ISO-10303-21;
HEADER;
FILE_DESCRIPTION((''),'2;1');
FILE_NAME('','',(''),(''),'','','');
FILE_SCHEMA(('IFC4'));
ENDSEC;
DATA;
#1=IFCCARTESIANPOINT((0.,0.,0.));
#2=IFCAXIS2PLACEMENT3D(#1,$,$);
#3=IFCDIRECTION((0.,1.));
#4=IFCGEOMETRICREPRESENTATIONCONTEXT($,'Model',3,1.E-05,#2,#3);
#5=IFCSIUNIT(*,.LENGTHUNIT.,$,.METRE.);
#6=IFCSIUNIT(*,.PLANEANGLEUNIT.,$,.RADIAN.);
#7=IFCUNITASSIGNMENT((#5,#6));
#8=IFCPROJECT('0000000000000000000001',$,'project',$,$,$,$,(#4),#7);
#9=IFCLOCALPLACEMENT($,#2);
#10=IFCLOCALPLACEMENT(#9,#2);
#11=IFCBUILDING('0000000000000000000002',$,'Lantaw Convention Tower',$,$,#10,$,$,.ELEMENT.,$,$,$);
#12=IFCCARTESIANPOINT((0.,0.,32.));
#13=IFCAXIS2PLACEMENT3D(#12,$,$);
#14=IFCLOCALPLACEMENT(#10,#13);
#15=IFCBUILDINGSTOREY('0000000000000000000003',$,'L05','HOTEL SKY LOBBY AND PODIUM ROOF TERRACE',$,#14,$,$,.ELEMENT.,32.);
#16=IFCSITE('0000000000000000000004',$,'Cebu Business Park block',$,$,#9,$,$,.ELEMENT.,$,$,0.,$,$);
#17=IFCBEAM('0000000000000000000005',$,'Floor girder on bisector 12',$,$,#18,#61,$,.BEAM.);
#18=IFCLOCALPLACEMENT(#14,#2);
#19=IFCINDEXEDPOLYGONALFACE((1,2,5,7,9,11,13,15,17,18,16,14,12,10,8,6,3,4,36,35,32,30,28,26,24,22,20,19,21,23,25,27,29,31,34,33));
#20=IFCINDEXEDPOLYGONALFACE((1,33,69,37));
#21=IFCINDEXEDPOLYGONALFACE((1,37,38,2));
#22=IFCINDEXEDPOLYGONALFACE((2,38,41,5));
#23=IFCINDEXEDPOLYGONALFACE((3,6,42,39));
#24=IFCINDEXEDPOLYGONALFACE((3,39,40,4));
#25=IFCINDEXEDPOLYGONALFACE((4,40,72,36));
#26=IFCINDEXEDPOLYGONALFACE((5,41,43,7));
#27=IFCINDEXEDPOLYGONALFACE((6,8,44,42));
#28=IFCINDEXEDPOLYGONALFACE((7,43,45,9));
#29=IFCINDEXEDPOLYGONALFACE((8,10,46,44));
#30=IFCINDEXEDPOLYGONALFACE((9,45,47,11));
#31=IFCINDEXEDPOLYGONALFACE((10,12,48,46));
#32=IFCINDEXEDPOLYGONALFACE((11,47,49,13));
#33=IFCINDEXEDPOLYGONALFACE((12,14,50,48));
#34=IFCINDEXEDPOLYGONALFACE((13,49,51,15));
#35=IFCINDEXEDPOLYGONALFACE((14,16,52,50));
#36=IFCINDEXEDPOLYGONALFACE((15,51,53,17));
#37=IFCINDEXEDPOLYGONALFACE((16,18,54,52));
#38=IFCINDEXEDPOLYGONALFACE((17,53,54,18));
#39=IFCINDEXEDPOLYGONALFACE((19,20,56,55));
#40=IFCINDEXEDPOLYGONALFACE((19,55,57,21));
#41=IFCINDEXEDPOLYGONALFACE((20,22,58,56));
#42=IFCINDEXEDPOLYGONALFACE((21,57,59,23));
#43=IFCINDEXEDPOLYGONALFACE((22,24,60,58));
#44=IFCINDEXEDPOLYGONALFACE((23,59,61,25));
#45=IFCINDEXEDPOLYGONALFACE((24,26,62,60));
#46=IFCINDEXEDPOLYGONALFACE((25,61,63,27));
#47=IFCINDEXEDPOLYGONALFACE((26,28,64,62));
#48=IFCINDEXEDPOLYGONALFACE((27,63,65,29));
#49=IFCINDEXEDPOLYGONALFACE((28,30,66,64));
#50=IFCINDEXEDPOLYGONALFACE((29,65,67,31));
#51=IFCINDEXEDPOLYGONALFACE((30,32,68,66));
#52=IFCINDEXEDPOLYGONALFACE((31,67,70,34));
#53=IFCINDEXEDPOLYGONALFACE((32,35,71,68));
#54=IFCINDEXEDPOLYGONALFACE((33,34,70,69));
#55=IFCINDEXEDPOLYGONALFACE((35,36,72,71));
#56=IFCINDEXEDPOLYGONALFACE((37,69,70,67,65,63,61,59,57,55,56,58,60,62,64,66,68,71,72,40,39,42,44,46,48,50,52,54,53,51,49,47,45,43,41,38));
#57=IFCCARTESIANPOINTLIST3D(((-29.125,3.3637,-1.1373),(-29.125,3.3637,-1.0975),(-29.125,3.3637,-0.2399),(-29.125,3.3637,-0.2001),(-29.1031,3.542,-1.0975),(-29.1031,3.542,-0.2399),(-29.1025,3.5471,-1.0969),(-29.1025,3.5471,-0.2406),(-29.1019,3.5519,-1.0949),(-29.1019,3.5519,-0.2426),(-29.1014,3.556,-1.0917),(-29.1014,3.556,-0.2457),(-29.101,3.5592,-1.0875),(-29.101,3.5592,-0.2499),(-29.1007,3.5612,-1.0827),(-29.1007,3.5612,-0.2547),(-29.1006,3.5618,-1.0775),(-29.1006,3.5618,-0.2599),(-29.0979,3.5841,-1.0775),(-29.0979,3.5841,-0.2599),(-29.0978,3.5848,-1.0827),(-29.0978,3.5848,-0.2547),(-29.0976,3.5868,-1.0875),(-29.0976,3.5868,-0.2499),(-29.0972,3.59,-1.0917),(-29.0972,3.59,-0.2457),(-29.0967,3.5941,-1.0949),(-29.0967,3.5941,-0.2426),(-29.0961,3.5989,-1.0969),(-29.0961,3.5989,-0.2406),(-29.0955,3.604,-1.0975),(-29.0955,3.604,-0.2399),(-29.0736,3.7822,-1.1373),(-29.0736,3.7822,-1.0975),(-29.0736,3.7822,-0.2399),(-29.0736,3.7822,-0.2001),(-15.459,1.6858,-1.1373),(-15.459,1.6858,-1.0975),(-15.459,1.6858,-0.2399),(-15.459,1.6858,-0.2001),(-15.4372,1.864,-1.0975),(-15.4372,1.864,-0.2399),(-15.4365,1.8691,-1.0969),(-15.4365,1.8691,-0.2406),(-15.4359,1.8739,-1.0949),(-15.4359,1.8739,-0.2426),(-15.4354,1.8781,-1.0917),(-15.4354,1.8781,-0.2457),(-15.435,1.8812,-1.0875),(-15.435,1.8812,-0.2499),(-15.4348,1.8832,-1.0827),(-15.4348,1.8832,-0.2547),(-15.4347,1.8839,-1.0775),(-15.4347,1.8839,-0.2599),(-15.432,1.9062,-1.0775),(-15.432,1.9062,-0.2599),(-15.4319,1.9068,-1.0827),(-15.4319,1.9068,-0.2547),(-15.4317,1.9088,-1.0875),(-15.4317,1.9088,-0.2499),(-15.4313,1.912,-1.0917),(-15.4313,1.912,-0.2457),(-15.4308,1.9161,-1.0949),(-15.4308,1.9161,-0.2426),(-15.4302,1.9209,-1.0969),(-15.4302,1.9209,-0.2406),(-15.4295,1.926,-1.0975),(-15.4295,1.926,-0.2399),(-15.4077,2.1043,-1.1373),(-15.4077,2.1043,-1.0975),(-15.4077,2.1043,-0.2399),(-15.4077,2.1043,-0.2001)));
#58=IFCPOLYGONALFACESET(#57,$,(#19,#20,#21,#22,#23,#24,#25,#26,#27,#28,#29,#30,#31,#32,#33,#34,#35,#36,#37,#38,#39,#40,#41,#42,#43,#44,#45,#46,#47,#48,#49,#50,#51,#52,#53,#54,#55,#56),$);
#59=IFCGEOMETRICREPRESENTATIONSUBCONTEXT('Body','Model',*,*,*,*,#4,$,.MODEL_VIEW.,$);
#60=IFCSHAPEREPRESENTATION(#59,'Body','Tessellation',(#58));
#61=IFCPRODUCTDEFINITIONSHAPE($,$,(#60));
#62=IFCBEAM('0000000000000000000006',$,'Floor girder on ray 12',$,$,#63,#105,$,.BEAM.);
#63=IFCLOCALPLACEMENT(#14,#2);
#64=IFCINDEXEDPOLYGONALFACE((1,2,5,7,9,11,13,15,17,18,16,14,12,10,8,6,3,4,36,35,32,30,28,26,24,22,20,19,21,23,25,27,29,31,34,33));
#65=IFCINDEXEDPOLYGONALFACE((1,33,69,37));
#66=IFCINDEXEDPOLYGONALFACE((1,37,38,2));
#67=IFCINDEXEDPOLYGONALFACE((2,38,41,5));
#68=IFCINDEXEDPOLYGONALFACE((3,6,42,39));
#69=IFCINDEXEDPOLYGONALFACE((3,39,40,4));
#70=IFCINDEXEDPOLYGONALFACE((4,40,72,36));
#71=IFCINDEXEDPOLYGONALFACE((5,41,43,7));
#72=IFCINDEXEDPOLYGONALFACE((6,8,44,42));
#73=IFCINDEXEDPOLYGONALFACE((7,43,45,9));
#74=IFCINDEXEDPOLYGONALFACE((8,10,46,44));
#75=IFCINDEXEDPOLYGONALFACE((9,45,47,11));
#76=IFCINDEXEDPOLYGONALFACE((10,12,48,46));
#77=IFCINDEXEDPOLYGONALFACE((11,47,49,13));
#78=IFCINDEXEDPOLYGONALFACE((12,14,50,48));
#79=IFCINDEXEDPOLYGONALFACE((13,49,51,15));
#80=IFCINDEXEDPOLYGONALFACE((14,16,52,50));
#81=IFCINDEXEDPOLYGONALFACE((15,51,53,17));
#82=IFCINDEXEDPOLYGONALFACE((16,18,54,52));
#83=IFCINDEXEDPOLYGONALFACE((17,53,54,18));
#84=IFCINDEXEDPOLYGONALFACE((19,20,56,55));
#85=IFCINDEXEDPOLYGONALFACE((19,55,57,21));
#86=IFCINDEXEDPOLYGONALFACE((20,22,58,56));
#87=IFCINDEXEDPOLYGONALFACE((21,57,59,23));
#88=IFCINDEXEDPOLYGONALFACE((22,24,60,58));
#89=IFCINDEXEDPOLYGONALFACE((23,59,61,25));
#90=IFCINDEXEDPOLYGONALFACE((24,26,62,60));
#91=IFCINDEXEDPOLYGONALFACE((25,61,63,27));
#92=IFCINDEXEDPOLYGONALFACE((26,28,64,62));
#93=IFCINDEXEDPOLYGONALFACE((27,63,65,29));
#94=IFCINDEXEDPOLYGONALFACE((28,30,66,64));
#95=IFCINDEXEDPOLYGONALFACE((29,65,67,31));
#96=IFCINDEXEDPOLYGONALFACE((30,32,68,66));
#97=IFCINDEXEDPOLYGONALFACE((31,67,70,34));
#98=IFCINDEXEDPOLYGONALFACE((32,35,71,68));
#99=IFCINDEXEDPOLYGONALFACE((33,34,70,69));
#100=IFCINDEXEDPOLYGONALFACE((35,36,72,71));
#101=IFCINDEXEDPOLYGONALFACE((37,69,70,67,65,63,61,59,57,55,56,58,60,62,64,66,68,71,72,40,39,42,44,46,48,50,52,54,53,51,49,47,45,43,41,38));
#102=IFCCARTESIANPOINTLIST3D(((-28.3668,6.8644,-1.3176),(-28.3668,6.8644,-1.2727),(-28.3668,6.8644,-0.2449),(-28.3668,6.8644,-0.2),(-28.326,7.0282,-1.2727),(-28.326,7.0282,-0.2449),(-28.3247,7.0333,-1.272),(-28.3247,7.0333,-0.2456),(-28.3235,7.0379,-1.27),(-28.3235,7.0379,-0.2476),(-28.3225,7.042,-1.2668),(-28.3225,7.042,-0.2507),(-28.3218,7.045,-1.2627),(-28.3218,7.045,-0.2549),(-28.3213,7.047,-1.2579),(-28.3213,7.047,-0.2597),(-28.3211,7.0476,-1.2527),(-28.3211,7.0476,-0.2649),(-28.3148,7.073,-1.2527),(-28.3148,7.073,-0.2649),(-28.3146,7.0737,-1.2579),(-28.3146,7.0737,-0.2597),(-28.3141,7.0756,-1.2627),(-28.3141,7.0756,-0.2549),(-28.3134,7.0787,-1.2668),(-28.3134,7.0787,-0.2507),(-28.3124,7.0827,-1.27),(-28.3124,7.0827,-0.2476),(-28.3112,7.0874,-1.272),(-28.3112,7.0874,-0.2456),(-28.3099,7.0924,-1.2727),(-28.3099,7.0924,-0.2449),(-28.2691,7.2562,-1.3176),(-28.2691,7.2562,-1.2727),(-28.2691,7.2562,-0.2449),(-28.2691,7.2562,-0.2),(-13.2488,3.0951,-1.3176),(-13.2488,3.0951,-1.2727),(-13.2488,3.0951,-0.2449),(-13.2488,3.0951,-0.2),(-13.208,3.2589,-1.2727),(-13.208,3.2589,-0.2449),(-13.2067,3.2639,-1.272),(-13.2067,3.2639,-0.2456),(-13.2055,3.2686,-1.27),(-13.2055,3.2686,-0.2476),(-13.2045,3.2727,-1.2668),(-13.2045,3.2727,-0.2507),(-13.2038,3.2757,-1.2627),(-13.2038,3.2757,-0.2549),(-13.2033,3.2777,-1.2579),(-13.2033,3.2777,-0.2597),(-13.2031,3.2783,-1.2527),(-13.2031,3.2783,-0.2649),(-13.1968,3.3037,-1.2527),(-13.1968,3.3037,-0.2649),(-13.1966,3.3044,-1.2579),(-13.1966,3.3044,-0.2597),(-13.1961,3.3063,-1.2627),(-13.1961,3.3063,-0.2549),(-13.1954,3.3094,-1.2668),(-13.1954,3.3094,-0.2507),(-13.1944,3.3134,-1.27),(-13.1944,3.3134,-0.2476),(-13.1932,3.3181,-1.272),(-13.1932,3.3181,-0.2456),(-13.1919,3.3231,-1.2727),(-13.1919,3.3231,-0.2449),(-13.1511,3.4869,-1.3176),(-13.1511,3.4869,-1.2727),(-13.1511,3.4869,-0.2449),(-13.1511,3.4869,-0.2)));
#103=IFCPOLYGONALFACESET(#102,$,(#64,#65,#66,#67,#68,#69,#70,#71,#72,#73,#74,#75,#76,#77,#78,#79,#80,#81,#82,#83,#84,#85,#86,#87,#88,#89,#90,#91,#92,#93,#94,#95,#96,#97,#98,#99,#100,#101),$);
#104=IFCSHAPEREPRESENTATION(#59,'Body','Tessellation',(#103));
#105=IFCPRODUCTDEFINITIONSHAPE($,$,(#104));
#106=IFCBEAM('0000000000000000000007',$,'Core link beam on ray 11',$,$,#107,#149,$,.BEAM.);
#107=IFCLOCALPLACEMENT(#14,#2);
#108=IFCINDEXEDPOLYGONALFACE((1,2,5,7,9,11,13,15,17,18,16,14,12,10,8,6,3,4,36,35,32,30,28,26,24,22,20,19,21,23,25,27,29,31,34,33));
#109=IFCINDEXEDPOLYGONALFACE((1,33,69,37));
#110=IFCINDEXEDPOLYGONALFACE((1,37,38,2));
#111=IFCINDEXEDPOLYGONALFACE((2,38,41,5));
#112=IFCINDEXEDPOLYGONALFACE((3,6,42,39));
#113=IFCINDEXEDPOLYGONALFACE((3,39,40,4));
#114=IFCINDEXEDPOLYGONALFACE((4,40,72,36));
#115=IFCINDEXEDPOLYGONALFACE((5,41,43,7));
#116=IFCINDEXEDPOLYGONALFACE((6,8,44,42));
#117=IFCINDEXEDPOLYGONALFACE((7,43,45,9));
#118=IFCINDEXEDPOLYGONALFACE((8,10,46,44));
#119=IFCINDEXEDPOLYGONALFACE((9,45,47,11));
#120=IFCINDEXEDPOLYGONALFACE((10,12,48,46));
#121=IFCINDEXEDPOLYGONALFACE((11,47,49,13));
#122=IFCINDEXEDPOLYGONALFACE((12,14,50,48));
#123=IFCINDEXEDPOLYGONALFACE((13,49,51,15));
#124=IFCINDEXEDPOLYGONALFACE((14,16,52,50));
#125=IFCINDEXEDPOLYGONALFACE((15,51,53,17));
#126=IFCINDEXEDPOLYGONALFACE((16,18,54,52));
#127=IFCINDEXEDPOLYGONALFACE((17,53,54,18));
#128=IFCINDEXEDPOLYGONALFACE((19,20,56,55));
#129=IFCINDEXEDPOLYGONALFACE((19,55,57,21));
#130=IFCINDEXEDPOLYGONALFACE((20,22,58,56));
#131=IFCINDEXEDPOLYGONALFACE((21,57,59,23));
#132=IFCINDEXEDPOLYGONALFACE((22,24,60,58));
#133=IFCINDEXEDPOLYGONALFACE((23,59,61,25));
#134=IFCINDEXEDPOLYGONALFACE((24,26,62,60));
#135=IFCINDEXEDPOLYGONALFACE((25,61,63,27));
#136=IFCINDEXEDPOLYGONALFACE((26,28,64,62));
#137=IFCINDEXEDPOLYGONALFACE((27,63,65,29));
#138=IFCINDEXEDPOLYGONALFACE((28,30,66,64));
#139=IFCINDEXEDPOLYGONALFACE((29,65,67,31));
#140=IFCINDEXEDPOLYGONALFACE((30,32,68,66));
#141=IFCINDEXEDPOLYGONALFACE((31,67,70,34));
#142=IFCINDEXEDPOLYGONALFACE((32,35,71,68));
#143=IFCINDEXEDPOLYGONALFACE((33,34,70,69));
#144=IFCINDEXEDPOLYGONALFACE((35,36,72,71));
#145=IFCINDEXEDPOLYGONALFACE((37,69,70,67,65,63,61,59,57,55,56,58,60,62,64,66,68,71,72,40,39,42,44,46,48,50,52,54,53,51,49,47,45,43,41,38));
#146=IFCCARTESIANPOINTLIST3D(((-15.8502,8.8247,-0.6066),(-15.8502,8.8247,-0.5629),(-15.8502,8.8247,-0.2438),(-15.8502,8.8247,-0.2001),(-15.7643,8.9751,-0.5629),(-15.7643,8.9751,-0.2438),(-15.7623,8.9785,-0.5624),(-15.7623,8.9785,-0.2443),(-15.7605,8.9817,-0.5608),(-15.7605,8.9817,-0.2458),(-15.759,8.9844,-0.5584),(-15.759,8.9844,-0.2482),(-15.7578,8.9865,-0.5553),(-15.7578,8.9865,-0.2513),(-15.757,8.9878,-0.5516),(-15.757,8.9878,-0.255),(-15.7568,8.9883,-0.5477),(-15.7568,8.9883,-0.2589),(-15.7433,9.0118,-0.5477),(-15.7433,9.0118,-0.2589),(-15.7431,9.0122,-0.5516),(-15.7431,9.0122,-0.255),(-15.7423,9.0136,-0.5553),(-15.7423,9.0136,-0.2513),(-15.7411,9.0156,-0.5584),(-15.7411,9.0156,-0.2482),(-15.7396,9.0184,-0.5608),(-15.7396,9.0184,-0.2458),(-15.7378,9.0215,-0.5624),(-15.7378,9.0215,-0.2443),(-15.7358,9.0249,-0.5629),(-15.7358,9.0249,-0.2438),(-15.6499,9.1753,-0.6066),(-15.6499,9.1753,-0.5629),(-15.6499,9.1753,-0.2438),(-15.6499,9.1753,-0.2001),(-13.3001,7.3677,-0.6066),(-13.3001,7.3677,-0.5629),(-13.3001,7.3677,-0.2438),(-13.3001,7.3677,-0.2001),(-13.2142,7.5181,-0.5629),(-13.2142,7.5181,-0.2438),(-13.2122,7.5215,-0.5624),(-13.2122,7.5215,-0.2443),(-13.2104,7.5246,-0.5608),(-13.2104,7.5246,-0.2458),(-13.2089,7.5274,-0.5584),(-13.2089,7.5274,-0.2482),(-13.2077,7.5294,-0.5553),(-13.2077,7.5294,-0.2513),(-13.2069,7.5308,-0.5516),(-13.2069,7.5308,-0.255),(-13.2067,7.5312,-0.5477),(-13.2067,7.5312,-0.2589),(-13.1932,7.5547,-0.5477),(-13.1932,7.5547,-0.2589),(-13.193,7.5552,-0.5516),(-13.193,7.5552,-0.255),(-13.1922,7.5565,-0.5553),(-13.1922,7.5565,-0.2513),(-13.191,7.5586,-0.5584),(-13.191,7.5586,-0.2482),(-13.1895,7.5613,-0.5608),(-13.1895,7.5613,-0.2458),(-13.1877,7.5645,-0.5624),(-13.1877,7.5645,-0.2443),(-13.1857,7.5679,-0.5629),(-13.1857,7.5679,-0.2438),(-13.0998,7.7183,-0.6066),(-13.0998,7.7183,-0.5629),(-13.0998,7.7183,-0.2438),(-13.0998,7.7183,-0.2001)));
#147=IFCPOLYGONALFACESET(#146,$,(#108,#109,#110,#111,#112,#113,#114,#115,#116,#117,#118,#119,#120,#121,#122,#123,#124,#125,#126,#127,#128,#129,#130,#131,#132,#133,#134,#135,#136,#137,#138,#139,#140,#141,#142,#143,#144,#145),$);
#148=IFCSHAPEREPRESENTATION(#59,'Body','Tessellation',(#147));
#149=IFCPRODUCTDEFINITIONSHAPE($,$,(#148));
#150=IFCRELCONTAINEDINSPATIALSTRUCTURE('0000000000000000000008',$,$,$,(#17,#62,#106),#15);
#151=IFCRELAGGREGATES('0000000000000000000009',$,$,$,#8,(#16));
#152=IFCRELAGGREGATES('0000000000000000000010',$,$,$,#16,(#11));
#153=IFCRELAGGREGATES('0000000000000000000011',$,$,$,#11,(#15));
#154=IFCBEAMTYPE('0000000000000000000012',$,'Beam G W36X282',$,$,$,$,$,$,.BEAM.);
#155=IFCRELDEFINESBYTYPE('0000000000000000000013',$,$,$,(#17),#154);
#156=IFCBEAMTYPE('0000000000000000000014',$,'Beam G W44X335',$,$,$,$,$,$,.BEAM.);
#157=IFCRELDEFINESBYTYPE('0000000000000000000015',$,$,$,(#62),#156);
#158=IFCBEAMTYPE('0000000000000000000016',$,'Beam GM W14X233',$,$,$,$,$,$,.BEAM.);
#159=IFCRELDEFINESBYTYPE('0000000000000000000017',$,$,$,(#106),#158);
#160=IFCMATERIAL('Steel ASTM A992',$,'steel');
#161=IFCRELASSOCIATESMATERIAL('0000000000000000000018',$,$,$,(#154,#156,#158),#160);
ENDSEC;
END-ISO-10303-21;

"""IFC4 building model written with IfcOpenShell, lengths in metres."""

from ifc_helpers import new_model, si_unit, direction, frame, origin, origin_2d, place, context, subcontext, project, spatial, i_section, extrude, material, material_profile, profile_set, type_object, element, save


model = new_model("IFC4")

# Units and contexts
model_context = context("Model", 3, precision=1e-05, world=origin(), true_north=direction((0.0, 1.0)))
body_context = subcontext(model_context, "Body", "Model", "MODEL_VIEW")
ifc_project = project(units=[si_unit("LENGTHUNIT", "METRE"), si_unit("PLANEANGLEUNIT", "RADIAN")], contexts=[model_context])

# Site, building, storey
site_placement = place(None, origin())
site = spatial("IfcSite", under=ifc_project, at=site_placement, Name="Cebu Business Park block", CompositionType="ELEMENT", RefElevation=0.0)
building_placement = place(site_placement, origin())
building = spatial("IfcBuilding", under=site, at=building_placement, Name="Lantaw Convention Tower", CompositionType="ELEMENT")
storey_placement = place(building_placement, frame((0.0, 0.0, 32.0)))
storey = spatial("IfcBuildingStorey", under=building, at=storey_placement, Name="L05", Description="HOTEL SKY LOBBY AND PODIUM ROOF TERRACE", CompositionType="ELEMENT", Elevation=32.0)

# Beams
ifc_material_1 = material(Name="Steel ASTM A992", Category="steel")
ifc_material_profile_1 = material_profile(ifc_material_1, i_section(OverallWidth=0.4216, OverallDepth=0.9373, WebThickness=0.0225, FlangeThickness=0.0398, FilletRadius=0.02, at=origin_2d()), Name="W36X282")
ifc_profile_set_1 = profile_set([ifc_material_profile_1], Name="Steel ASTM A992")
beam_type_1 = type_object("IfcBeamType", Name="Beam G W36X282", PredefinedType="BEAM", material=ifc_profile_set_1)
beam_1_placement = place(storey_placement, frame((-15.4333, 1.895, -0.6687), z_axis=(-0.992546, 0.12187, 0.0), x_axis=(-0.12187, -0.992546, 0.0)))
element("IfcBeam", 1, at=beam_1_placement, inside=storey, type_object=beam_type_1, Name="Floor girder on bisector 12", PredefinedType="BEAM", context=body_context, shape_type="SweptSolid", body=[
    extrude(i_section(OverallWidth=0.4216, OverallDepth=0.9373, WebThickness=0.0225, FlangeThickness=0.0398, FilletRadius=0.02, at=origin_2d()), origin(), (0.0, 0.0, 1.0), 13.7686),
])
ifc_material_profile_2 = material_profile(ifc_material_1, i_section(OverallWidth=0.4038, OverallDepth=1.1177, WebThickness=0.0261, FlangeThickness=0.0449, FilletRadius=0.02, at=origin_2d()), Name="W44X335")
ifc_profile_set_2 = profile_set([ifc_material_profile_2], Name="Steel ASTM A992")
beam_type_2 = type_object("IfcBeamType", Name="Beam G W44X335", PredefinedType="BEAM", material=ifc_profile_set_2)
beam_2_placement = place(storey_placement, frame((-13.2, 3.291, -0.7588), z_axis=(-0.970296, 0.24192, 0.0), x_axis=(-0.24192, -0.970296, 0.0)))
element("IfcBeam", 2, at=beam_2_placement, inside=storey, type_object=beam_type_2, Name="Floor girder on ray 12", PredefinedType="BEAM", context=body_context, shape_type="SweptSolid", body=[
    extrude(i_section(OverallWidth=0.4038, OverallDepth=1.1177, WebThickness=0.0261, FlangeThickness=0.0449, FilletRadius=0.02, at=origin_2d()), origin(), (0.0, 0.0, 1.0), 15.5808),
])
ifc_material_profile_3 = material_profile(ifc_material_1, i_section(OverallWidth=0.4038, OverallDepth=0.4065, WebThickness=0.0271, FlangeThickness=0.0437, FilletRadius=0.0151, at=origin_2d()), Name="W14X233")
ifc_profile_set_3 = profile_set([ifc_material_profile_3], Name="Steel ASTM A992")
beam_type_3 = type_object("IfcBeamType", Name="Beam GM W14X233", PredefinedType="BEAM", material=ifc_profile_set_3)
beam_3_placement = place(storey_placement, frame((-13.2, 7.543, -0.4033), z_axis=(-0.868264, 0.496103, 0.0), x_axis=(-0.496103, -0.868264, 0.0)))
element("IfcBeam", 3, at=beam_3_placement, inside=storey, type_object=beam_type_3, Name="Core link beam on ray 11", PredefinedType="BEAM", context=body_context, shape_type="SweptSolid", body=[
    extrude(i_section(OverallWidth=0.4038, OverallDepth=0.4065, WebThickness=0.0271, FlangeThickness=0.0437, FilletRadius=0.0151, at=origin_2d()), origin(), (0.0, 0.0, 1.0), 2.937),
])

save(model, "model.ifc")
